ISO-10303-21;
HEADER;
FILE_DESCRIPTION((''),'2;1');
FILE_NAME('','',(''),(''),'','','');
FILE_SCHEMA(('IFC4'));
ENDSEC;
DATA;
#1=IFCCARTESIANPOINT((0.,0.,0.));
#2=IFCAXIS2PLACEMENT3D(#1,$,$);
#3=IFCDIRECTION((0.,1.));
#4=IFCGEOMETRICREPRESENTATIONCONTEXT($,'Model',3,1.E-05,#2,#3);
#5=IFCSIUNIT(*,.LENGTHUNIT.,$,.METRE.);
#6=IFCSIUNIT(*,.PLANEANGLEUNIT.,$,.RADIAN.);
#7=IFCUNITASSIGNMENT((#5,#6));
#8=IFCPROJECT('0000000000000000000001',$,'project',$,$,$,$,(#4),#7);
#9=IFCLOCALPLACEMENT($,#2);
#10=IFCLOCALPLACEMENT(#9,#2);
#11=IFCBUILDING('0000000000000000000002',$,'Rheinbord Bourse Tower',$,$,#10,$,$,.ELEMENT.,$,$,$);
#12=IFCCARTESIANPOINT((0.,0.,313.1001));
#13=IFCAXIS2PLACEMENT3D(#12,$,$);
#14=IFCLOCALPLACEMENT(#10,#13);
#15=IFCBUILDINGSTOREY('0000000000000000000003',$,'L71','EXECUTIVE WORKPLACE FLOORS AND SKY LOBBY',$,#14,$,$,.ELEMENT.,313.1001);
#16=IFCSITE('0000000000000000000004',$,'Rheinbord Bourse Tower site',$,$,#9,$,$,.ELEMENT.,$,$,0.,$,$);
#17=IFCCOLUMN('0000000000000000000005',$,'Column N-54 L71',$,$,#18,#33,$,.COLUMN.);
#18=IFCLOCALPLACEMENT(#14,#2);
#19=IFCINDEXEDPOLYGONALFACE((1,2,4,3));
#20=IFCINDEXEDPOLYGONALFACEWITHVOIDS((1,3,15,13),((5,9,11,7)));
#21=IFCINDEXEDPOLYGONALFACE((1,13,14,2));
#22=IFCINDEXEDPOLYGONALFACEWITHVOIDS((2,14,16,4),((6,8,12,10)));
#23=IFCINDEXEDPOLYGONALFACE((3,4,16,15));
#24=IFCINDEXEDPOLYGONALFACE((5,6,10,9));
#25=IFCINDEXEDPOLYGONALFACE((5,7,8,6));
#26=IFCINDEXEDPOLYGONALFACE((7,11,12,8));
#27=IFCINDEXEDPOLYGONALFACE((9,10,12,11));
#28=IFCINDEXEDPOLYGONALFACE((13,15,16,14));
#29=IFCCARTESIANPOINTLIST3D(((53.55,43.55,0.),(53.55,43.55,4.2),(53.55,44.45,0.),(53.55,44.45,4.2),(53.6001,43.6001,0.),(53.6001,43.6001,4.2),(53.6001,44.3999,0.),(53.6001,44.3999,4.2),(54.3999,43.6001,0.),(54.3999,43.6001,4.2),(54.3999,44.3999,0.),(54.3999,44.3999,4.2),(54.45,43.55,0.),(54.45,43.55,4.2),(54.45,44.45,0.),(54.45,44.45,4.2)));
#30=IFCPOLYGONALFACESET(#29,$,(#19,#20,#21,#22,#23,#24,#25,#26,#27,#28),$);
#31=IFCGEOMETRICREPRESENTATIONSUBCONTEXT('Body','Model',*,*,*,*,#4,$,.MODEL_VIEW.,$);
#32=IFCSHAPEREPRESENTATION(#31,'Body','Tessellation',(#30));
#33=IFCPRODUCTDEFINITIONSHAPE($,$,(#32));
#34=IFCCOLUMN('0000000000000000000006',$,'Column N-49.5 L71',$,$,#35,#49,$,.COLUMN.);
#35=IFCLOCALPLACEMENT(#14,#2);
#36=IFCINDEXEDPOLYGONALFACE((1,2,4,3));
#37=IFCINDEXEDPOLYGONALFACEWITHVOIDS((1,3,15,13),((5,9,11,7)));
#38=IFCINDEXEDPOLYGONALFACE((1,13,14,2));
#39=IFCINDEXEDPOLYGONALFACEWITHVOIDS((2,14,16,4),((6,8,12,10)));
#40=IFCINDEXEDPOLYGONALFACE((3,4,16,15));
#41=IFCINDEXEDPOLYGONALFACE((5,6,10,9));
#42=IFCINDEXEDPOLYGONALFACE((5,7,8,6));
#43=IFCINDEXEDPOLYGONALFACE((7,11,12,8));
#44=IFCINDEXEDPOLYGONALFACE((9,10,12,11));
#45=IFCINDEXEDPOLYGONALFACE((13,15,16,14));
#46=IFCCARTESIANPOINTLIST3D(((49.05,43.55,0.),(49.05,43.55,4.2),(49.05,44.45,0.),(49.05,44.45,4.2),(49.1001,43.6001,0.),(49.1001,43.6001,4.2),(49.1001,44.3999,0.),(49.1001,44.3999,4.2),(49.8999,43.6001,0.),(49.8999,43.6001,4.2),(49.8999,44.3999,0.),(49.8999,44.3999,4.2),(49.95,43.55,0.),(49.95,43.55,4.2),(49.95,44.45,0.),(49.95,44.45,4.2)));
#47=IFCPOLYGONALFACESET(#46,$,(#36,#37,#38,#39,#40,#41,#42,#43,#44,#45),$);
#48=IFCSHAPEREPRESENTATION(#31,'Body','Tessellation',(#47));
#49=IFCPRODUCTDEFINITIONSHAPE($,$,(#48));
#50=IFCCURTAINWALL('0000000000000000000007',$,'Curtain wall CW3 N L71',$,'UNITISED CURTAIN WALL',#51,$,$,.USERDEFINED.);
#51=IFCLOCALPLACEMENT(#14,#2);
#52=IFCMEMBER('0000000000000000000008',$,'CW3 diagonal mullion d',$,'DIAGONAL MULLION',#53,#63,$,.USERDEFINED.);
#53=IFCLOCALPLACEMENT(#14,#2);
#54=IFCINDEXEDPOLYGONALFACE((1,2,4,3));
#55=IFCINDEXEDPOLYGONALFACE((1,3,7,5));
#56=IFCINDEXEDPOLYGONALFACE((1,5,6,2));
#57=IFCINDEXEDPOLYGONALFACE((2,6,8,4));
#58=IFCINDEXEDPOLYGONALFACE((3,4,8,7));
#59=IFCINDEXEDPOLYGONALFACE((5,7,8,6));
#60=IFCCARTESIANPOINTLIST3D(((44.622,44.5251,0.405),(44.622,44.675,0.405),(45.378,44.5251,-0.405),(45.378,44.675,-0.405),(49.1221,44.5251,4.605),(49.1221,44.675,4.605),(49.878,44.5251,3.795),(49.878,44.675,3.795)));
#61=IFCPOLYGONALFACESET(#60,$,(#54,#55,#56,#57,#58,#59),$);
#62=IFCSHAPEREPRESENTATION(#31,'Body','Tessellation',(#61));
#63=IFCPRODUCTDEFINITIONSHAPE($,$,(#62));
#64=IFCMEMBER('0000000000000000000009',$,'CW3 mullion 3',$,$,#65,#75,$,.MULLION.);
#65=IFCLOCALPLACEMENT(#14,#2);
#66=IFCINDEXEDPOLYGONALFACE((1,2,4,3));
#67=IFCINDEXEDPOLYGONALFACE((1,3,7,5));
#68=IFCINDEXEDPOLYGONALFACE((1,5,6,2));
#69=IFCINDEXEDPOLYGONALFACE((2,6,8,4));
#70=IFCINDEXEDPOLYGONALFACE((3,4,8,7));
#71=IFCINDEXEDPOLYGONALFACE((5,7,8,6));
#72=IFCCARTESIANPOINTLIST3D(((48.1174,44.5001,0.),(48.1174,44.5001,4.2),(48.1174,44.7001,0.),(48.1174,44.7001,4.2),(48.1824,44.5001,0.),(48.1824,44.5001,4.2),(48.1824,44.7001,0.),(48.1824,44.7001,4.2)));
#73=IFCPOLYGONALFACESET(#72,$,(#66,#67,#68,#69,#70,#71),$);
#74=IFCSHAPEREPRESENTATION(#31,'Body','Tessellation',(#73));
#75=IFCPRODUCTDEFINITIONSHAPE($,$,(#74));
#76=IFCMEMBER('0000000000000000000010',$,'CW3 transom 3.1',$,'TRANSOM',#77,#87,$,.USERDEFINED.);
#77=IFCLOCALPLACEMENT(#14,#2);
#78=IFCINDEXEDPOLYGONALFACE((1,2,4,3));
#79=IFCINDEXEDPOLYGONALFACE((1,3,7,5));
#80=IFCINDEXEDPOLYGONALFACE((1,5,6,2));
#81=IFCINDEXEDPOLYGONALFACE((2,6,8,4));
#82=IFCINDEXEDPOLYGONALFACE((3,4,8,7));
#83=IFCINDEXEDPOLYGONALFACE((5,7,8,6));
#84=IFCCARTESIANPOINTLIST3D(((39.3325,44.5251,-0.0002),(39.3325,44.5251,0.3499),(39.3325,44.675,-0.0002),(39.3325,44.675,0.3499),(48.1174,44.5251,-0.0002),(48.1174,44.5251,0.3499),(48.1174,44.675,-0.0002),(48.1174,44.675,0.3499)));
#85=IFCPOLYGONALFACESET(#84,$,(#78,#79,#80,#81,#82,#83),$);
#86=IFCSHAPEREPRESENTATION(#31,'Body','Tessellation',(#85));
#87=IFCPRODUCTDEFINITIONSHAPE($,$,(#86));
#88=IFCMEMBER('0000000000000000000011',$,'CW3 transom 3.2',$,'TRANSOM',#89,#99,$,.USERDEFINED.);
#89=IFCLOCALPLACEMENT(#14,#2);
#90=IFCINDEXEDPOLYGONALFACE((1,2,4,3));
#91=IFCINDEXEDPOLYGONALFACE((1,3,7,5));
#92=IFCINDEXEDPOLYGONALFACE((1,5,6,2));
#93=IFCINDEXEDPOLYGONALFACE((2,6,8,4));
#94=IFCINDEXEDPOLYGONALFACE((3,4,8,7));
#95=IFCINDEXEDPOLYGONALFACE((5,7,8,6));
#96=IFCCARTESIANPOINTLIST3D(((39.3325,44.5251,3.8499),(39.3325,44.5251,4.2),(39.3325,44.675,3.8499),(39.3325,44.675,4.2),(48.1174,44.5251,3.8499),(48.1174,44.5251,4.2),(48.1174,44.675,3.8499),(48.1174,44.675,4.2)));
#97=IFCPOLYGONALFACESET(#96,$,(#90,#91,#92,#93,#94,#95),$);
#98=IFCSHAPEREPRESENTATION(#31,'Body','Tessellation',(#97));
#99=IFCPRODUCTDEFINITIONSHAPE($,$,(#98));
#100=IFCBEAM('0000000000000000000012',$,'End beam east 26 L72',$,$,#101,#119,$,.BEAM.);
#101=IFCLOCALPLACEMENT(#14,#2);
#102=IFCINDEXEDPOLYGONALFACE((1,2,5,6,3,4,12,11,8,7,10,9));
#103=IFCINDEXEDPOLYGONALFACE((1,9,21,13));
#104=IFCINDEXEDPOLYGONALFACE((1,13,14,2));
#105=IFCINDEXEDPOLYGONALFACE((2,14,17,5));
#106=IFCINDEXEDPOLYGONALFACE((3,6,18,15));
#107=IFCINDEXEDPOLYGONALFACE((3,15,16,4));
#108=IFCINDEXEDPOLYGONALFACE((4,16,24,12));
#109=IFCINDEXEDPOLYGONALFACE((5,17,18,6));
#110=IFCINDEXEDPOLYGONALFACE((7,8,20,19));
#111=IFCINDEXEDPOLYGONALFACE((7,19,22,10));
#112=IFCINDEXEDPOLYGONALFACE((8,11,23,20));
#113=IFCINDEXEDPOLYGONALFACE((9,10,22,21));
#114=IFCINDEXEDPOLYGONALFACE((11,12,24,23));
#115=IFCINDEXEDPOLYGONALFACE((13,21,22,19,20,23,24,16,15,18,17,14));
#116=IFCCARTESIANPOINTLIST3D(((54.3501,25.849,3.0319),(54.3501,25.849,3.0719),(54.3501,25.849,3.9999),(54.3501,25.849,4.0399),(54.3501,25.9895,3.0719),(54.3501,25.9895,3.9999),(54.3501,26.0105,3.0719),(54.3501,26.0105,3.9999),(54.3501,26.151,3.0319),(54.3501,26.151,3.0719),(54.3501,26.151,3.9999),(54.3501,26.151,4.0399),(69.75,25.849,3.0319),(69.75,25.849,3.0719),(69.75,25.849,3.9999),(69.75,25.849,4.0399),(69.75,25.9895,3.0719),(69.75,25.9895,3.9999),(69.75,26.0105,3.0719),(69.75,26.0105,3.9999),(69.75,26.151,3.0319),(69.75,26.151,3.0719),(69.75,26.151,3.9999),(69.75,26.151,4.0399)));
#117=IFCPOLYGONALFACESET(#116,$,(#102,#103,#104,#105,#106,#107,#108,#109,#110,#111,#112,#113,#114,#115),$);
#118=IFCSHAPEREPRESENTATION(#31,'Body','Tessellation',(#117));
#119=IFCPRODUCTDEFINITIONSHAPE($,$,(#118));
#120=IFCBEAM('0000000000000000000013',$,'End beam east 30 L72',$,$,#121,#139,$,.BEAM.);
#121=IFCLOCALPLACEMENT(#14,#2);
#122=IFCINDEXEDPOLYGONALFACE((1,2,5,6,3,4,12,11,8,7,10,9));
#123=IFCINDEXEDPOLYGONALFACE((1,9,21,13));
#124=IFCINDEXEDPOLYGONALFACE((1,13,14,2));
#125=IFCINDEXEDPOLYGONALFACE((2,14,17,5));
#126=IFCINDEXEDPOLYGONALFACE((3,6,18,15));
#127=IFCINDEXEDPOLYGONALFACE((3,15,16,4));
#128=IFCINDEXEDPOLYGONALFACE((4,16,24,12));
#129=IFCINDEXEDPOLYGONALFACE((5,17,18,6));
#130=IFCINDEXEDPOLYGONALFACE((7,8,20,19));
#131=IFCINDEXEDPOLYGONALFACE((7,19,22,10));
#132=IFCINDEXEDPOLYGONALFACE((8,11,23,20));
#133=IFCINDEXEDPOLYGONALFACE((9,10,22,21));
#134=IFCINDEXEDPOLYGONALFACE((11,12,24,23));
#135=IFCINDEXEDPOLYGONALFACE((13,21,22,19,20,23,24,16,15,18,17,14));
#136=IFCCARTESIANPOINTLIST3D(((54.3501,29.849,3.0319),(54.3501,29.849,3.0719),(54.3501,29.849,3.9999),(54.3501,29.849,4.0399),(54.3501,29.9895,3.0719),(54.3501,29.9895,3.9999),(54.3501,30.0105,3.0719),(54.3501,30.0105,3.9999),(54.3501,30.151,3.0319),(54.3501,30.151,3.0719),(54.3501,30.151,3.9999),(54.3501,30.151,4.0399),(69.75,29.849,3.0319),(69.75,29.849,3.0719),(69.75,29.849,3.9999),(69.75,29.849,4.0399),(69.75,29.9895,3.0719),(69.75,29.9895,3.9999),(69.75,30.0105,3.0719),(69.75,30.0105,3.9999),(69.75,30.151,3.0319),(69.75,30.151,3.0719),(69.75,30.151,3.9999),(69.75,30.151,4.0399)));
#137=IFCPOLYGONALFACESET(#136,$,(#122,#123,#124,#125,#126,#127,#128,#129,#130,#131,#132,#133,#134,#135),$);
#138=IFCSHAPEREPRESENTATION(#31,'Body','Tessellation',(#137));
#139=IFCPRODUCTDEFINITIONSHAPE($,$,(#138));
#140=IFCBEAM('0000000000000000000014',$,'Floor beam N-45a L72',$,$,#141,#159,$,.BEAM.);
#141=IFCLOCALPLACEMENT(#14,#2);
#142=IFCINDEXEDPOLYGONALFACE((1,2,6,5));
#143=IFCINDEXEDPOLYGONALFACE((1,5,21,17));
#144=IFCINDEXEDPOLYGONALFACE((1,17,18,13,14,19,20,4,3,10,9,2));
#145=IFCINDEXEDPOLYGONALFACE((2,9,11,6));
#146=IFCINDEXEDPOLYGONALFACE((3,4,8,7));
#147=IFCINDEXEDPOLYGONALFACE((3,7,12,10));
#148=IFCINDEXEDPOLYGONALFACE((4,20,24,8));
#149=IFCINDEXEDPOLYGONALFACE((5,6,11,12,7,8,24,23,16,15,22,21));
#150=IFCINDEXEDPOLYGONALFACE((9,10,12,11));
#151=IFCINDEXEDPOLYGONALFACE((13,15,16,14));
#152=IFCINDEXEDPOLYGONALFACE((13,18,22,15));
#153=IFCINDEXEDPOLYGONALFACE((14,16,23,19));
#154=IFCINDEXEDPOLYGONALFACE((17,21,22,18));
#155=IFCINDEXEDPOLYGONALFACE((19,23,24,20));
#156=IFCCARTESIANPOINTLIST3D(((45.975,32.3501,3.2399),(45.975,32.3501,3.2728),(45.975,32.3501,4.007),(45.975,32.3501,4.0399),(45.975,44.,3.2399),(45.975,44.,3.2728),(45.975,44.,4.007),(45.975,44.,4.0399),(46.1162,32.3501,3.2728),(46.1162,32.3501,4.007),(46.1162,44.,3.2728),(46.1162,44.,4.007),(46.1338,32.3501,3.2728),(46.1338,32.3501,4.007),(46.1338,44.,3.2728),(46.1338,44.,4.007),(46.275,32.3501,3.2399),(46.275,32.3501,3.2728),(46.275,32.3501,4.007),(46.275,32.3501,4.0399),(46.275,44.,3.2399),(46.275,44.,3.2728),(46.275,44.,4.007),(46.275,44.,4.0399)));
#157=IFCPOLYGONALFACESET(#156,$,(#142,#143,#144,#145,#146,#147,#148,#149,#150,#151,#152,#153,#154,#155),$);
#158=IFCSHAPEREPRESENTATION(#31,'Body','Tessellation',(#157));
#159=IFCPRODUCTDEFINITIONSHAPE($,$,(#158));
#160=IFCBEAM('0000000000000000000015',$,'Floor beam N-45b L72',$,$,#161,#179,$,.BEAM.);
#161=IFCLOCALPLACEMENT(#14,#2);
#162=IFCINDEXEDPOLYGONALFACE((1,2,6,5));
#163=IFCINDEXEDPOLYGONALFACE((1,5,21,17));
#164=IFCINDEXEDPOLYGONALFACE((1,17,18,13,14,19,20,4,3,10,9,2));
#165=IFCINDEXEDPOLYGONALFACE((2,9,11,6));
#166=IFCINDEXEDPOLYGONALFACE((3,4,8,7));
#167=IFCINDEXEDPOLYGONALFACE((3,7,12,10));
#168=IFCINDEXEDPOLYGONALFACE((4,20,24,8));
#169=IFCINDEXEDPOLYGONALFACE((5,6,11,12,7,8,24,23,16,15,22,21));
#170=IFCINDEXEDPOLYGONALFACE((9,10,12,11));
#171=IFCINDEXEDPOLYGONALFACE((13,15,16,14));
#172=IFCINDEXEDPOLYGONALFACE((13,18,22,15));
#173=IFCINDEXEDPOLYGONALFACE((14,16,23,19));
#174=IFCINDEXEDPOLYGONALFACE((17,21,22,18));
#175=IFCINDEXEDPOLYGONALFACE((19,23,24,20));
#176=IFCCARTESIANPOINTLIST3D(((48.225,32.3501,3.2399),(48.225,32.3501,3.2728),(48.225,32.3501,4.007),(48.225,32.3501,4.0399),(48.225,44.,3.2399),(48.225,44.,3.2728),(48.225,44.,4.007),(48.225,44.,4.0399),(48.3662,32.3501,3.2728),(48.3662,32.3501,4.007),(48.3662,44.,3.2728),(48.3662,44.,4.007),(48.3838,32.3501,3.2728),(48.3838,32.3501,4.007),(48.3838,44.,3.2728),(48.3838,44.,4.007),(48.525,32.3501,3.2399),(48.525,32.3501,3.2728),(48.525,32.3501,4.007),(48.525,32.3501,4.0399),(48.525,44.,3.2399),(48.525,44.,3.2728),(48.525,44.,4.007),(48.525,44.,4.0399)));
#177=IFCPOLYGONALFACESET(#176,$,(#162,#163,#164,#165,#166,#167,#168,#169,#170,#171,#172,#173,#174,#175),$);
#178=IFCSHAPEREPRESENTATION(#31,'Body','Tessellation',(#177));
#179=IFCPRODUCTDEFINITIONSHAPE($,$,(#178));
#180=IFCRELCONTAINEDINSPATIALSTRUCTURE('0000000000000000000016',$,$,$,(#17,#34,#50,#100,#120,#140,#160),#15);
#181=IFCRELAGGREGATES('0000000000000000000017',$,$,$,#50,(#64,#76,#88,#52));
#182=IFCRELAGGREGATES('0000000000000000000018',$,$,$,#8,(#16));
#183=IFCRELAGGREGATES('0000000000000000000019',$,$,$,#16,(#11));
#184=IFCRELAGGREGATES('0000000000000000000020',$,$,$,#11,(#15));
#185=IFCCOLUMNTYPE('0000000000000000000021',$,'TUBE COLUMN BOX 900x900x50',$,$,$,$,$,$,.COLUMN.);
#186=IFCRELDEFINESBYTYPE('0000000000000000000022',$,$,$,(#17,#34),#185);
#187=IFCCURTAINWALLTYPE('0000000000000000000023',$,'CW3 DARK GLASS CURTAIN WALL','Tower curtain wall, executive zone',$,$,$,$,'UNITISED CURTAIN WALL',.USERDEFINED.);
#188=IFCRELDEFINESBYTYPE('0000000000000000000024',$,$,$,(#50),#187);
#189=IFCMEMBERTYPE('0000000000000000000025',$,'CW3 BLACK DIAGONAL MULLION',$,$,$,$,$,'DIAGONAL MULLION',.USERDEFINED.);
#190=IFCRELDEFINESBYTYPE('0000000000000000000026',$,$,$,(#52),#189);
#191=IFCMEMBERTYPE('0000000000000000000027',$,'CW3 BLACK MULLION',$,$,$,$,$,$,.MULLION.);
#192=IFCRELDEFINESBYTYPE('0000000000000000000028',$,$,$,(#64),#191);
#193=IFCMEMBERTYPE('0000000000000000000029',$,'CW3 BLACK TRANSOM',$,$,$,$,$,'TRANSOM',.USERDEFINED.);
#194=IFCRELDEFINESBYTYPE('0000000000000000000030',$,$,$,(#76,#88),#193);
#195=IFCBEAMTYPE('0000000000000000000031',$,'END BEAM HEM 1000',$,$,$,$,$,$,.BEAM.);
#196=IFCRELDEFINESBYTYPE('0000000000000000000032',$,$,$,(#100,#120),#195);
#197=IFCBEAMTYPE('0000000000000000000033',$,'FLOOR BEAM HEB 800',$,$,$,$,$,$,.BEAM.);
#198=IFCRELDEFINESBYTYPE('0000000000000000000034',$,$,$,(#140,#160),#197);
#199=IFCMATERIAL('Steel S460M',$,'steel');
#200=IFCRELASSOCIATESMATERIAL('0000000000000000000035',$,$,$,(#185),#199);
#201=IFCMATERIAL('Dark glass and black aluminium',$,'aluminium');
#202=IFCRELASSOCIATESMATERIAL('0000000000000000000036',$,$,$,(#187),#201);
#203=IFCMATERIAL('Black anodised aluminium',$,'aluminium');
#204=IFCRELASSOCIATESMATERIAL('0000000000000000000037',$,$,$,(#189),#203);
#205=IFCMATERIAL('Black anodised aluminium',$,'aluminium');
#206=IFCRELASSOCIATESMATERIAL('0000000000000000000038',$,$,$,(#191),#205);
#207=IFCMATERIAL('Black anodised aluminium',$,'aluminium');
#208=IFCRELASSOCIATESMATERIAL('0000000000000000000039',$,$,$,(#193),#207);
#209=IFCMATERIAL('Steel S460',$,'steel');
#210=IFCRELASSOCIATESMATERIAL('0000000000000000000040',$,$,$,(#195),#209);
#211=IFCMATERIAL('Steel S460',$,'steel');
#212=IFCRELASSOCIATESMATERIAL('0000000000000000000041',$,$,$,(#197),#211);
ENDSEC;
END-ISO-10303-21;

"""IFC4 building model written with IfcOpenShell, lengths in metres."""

from ifc_helpers import new_model, si_unit, direction, frame, origin, origin_2d, place, context, subcontext, project, spatial, rectangle, hollow_rectangle, i_section, extrude, material, material_profile, profile_set, type_object, element, aggregate, save


model = new_model("IFC4")

# Units and contexts
model_context = context("Model", 3, precision=1e-05, world=origin(), true_north=direction((0.0, 1.0)))
body_context = subcontext(model_context, "Body", "Model", "MODEL_VIEW")
ifc_project = project(units=[si_unit("LENGTHUNIT", "METRE"), si_unit("PLANEANGLEUNIT", "RADIAN")], contexts=[model_context])

# Site, building, storey
site_placement = place(None, origin())
site = spatial("IfcSite", under=ifc_project, at=site_placement, Name="Rheinbord Bourse Tower site", CompositionType="ELEMENT", RefElevation=0.0)
building_placement = place(site_placement, origin())
building = spatial("IfcBuilding", under=site, at=building_placement, Name="Rheinbord Bourse Tower", CompositionType="ELEMENT")
storey_placement = place(building_placement, frame((0.0, 0.0, 313.1001)))
storey = spatial("IfcBuildingStorey", under=building, at=storey_placement, Name="L71", Description="EXECUTIVE WORKPLACE FLOORS AND SKY LOBBY", CompositionType="ELEMENT", Elevation=313.1001)

# Columns
ifc_material_1 = material(Name="Steel S460M", Category="steel")
ifc_material_profile_1 = material_profile(ifc_material_1, hollow_rectangle(XDim=0.8999, YDim=0.8999, WallThickness=0.05, at=origin_2d()), Name="BOX 900x900x50")
ifc_profile_set_1 = profile_set([ifc_material_profile_1], Name="Steel S460M")
column_type = type_object("IfcColumnType", Name="TUBE COLUMN BOX 900x900x50", PredefinedType="COLUMN", material=ifc_profile_set_1)
for number, where, z_axis, x_axis, name in (
    (1, (54.0, 44.0, 0.0), (0.0, 0.0, 1.0), (0.0, 1.0, 0.0), "Column N-54 L71"),
    (2, (49.5, 44.0, 0.0), (0.0, 0.0, 1.0), (0.0, 1.0, 0.0), "Column N-49.5 L71"),
):
    element("IfcColumn", number, at=place(storey_placement, frame(where, z_axis=z_axis, x_axis=x_axis)), inside=storey, type_object=column_type, Name=name, PredefinedType="COLUMN", context=body_context, shape_type="SweptSolid", body=[
        extrude(hollow_rectangle(XDim=0.8999, YDim=0.8999, WallThickness=0.05, at=origin_2d()), origin(), (0.0, 0.0, 1.0), 4.2),
    ])

# Curtain wall, members
ifc_material_2 = material(Name="Dark glass and black aluminium", Category="aluminium")
curtain_wall_type = type_object("IfcCurtainWallType", Name="CW3 DARK GLASS CURTAIN WALL", Description="Tower curtain wall, executive zone", ElementType="UNITISED CURTAIN WALL", PredefinedType="USERDEFINED", material=ifc_material_2)
curtain_wall_placement = place(storey_placement, origin())
curtain_wall = element("IfcCurtainWall", 3, at=curtain_wall_placement, inside=storey, type_object=curtain_wall_type, Name="Curtain wall CW3 N L71", ObjectType="UNITISED CURTAIN WALL", PredefinedType="USERDEFINED")
ifc_material_3 = material(Name="Black anodised aluminium", Category="aluminium")
ifc_material_profile_2 = material_profile(ifc_material_3, rectangle(XDim=0.1499, YDim=1.1079, at=origin_2d()), Name="CW3 DIAGONAL MULLION 1108x150")
ifc_profile_set_2 = profile_set([ifc_material_profile_2], Name="Black anodised aluminium")
member_type_1 = type_object("IfcMemberType", Name="CW3 BLACK DIAGONAL MULLION", ElementType="DIAGONAL MULLION", PredefinedType="USERDEFINED", material=ifc_profile_set_2)
member_1_placement = place(storey_placement, frame((45.0, 44.6001, 0.0), z_axis=(0.731059, 0.0, 0.682314), x_axis=(0.0, 1.0, 0.0)))
member_1 = element("IfcMember", 4, at=member_1_placement, type_object=member_type_1, Name="CW3 diagonal mullion d", ObjectType="DIAGONAL MULLION", PredefinedType="USERDEFINED", context=body_context, shape_type="SweptSolid", body=[
    extrude(rectangle(XDim=0.1499, YDim=1.1079, at=origin_2d()), origin(), (0.0, 0.0, 1.0), 6.1555),
])
ifc_material_4 = material(Name="Black anodised aluminium", Category="aluminium")
ifc_material_profile_3 = material_profile(ifc_material_4, rectangle(XDim=0.2, YDim=0.0649, at=origin_2d()), Name="CW3 MULLION 65x200")
ifc_profile_set_3 = profile_set([ifc_material_profile_3], Name="Black anodised aluminium")
member_type_2 = type_object("IfcMemberType", Name="CW3 BLACK MULLION", PredefinedType="MULLION", material=ifc_profile_set_3)
member_2_placement = place(storey_placement, frame((48.1499, 44.6001, 0.0), z_axis=(0.0, 0.0, 1.0), x_axis=(0.0, -1.0, 0.0)))
member_2 = element("IfcMember", 5, at=member_2_placement, type_object=member_type_2, Name="CW3 mullion 3", PredefinedType="MULLION", context=body_context, shape_type="SweptSolid", body=[
    extrude(rectangle(XDim=0.2, YDim=0.0649, at=origin_2d()), origin(), (0.0, 0.0, 1.0), 4.2),
])
ifc_material_5 = material(Name="Black anodised aluminium", Category="aluminium")
ifc_material_profile_4 = material_profile(ifc_material_5, rectangle(XDim=0.1499, YDim=0.3501, at=origin_2d()), Name="CW3 TRANSOM 350x150")
ifc_profile_set_4 = profile_set([ifc_material_profile_4], Name="Black anodised aluminium")
member_type_3 = type_object("IfcMemberType", Name="CW3 BLACK TRANSOM", ElementType="TRANSOM", PredefinedType="USERDEFINED", material=ifc_profile_set_4)
member_3_placement = place(storey_placement, frame((48.1174, 44.6001, 0.1748), z_axis=(-1.0, 0.0, 0.0), x_axis=(0.0, -1.0, 0.0)))
member_3 = element("IfcMember", 6, at=member_3_placement, type_object=member_type_3, Name="CW3 transom 3.1", ObjectType="TRANSOM", PredefinedType="USERDEFINED", context=body_context, shape_type="SweptSolid", body=[
    extrude(rectangle(XDim=0.1499, YDim=0.3501, at=origin_2d()), origin(), (0.0, 0.0, 1.0), 8.7849),
])
member_4_placement = place(storey_placement, frame((48.1174, 44.6001, 4.0249), z_axis=(-1.0, 0.0, 0.0), x_axis=(0.0, -1.0, 0.0)))
member_4 = element("IfcMember", 7, at=member_4_placement, type_object=member_type_3, Name="CW3 transom 3.2", ObjectType="TRANSOM", PredefinedType="USERDEFINED", context=body_context, shape_type="SweptSolid", body=[
    extrude(rectangle(XDim=0.1499, YDim=0.3501, at=origin_2d()), origin(), (0.0, 0.0, 1.0), 8.7849),
])

# Beams
ifc_material_6 = material(Name="Steel S460", Category="steel")
ifc_material_profile_5 = material_profile(ifc_material_6, i_section(OverallWidth=0.302, OverallDepth=1.0081, WebThickness=0.021, FlangeThickness=0.04, at=origin_2d()), Name="HEM 1000")
ifc_profile_set_5 = profile_set([ifc_material_profile_5], Name="Steel S460")
beam_type_1 = type_object("IfcBeamType", Name="END BEAM HEM 1000", PredefinedType="BEAM", material=ifc_profile_set_5)
for number, where, z_axis, x_axis, name in (
    (8, (54.3501, 26.0, 3.5359), (1.0, 0.0, 0.0), (0.0, 1.0, 0.0), "End beam east 26 L72"),
    (9, (54.3501, 30.0, 3.5359), (1.0, 0.0, 0.0), (0.0, 1.0, 0.0), "End beam east 30 L72"),
):
    element("IfcBeam", number, at=place(storey_placement, frame(where, z_axis=z_axis, x_axis=x_axis)), inside=storey, type_object=beam_type_1, Name=name, PredefinedType="BEAM", context=body_context, shape_type="SweptSolid", body=[
        extrude(i_section(OverallWidth=0.302, OverallDepth=1.0081, WebThickness=0.021, FlangeThickness=0.04, at=origin_2d()), origin(), (0.0, 0.0, 1.0), 15.3999),
    ])
ifc_material_7 = material(Name="Steel S460", Category="steel")
ifc_material_profile_6 = material_profile(ifc_material_7, i_section(OverallWidth=0.3, OverallDepth=0.8, WebThickness=0.0176, FlangeThickness=0.033, at=origin_2d()), Name="HEB 800")
ifc_profile_set_6 = profile_set([ifc_material_profile_6], Name="Steel S460")
beam_type_2 = type_object("IfcBeamType", Name="FLOOR BEAM HEB 800", PredefinedType="BEAM", material=ifc_profile_set_6)
for number, where, z_axis, x_axis, name in (
    (10, (46.125, 44.0, 3.6399), (0.0, -1.0, 0.0), (1.0, 0.0, 0.0), "Floor beam N-45a L72"),
    (11, (48.375, 44.0, 3.6399), (0.0, -1.0, 0.0), (1.0, 0.0, 0.0), "Floor beam N-45b L72"),
):
    element("IfcBeam", number, at=place(storey_placement, frame(where, z_axis=z_axis, x_axis=x_axis)), inside=storey, type_object=beam_type_2, Name=name, PredefinedType="BEAM", context=body_context, shape_type="SweptSolid", body=[
        extrude(i_section(OverallWidth=0.3, OverallDepth=0.8, WebThickness=0.0176, FlangeThickness=0.033, at=origin_2d()), origin(), (0.0, 0.0, 1.0), 11.6499),
    ])

aggregate(curtain_wall, [member_2, member_3, member_4, member_1])

save(model, "model.ifc")
